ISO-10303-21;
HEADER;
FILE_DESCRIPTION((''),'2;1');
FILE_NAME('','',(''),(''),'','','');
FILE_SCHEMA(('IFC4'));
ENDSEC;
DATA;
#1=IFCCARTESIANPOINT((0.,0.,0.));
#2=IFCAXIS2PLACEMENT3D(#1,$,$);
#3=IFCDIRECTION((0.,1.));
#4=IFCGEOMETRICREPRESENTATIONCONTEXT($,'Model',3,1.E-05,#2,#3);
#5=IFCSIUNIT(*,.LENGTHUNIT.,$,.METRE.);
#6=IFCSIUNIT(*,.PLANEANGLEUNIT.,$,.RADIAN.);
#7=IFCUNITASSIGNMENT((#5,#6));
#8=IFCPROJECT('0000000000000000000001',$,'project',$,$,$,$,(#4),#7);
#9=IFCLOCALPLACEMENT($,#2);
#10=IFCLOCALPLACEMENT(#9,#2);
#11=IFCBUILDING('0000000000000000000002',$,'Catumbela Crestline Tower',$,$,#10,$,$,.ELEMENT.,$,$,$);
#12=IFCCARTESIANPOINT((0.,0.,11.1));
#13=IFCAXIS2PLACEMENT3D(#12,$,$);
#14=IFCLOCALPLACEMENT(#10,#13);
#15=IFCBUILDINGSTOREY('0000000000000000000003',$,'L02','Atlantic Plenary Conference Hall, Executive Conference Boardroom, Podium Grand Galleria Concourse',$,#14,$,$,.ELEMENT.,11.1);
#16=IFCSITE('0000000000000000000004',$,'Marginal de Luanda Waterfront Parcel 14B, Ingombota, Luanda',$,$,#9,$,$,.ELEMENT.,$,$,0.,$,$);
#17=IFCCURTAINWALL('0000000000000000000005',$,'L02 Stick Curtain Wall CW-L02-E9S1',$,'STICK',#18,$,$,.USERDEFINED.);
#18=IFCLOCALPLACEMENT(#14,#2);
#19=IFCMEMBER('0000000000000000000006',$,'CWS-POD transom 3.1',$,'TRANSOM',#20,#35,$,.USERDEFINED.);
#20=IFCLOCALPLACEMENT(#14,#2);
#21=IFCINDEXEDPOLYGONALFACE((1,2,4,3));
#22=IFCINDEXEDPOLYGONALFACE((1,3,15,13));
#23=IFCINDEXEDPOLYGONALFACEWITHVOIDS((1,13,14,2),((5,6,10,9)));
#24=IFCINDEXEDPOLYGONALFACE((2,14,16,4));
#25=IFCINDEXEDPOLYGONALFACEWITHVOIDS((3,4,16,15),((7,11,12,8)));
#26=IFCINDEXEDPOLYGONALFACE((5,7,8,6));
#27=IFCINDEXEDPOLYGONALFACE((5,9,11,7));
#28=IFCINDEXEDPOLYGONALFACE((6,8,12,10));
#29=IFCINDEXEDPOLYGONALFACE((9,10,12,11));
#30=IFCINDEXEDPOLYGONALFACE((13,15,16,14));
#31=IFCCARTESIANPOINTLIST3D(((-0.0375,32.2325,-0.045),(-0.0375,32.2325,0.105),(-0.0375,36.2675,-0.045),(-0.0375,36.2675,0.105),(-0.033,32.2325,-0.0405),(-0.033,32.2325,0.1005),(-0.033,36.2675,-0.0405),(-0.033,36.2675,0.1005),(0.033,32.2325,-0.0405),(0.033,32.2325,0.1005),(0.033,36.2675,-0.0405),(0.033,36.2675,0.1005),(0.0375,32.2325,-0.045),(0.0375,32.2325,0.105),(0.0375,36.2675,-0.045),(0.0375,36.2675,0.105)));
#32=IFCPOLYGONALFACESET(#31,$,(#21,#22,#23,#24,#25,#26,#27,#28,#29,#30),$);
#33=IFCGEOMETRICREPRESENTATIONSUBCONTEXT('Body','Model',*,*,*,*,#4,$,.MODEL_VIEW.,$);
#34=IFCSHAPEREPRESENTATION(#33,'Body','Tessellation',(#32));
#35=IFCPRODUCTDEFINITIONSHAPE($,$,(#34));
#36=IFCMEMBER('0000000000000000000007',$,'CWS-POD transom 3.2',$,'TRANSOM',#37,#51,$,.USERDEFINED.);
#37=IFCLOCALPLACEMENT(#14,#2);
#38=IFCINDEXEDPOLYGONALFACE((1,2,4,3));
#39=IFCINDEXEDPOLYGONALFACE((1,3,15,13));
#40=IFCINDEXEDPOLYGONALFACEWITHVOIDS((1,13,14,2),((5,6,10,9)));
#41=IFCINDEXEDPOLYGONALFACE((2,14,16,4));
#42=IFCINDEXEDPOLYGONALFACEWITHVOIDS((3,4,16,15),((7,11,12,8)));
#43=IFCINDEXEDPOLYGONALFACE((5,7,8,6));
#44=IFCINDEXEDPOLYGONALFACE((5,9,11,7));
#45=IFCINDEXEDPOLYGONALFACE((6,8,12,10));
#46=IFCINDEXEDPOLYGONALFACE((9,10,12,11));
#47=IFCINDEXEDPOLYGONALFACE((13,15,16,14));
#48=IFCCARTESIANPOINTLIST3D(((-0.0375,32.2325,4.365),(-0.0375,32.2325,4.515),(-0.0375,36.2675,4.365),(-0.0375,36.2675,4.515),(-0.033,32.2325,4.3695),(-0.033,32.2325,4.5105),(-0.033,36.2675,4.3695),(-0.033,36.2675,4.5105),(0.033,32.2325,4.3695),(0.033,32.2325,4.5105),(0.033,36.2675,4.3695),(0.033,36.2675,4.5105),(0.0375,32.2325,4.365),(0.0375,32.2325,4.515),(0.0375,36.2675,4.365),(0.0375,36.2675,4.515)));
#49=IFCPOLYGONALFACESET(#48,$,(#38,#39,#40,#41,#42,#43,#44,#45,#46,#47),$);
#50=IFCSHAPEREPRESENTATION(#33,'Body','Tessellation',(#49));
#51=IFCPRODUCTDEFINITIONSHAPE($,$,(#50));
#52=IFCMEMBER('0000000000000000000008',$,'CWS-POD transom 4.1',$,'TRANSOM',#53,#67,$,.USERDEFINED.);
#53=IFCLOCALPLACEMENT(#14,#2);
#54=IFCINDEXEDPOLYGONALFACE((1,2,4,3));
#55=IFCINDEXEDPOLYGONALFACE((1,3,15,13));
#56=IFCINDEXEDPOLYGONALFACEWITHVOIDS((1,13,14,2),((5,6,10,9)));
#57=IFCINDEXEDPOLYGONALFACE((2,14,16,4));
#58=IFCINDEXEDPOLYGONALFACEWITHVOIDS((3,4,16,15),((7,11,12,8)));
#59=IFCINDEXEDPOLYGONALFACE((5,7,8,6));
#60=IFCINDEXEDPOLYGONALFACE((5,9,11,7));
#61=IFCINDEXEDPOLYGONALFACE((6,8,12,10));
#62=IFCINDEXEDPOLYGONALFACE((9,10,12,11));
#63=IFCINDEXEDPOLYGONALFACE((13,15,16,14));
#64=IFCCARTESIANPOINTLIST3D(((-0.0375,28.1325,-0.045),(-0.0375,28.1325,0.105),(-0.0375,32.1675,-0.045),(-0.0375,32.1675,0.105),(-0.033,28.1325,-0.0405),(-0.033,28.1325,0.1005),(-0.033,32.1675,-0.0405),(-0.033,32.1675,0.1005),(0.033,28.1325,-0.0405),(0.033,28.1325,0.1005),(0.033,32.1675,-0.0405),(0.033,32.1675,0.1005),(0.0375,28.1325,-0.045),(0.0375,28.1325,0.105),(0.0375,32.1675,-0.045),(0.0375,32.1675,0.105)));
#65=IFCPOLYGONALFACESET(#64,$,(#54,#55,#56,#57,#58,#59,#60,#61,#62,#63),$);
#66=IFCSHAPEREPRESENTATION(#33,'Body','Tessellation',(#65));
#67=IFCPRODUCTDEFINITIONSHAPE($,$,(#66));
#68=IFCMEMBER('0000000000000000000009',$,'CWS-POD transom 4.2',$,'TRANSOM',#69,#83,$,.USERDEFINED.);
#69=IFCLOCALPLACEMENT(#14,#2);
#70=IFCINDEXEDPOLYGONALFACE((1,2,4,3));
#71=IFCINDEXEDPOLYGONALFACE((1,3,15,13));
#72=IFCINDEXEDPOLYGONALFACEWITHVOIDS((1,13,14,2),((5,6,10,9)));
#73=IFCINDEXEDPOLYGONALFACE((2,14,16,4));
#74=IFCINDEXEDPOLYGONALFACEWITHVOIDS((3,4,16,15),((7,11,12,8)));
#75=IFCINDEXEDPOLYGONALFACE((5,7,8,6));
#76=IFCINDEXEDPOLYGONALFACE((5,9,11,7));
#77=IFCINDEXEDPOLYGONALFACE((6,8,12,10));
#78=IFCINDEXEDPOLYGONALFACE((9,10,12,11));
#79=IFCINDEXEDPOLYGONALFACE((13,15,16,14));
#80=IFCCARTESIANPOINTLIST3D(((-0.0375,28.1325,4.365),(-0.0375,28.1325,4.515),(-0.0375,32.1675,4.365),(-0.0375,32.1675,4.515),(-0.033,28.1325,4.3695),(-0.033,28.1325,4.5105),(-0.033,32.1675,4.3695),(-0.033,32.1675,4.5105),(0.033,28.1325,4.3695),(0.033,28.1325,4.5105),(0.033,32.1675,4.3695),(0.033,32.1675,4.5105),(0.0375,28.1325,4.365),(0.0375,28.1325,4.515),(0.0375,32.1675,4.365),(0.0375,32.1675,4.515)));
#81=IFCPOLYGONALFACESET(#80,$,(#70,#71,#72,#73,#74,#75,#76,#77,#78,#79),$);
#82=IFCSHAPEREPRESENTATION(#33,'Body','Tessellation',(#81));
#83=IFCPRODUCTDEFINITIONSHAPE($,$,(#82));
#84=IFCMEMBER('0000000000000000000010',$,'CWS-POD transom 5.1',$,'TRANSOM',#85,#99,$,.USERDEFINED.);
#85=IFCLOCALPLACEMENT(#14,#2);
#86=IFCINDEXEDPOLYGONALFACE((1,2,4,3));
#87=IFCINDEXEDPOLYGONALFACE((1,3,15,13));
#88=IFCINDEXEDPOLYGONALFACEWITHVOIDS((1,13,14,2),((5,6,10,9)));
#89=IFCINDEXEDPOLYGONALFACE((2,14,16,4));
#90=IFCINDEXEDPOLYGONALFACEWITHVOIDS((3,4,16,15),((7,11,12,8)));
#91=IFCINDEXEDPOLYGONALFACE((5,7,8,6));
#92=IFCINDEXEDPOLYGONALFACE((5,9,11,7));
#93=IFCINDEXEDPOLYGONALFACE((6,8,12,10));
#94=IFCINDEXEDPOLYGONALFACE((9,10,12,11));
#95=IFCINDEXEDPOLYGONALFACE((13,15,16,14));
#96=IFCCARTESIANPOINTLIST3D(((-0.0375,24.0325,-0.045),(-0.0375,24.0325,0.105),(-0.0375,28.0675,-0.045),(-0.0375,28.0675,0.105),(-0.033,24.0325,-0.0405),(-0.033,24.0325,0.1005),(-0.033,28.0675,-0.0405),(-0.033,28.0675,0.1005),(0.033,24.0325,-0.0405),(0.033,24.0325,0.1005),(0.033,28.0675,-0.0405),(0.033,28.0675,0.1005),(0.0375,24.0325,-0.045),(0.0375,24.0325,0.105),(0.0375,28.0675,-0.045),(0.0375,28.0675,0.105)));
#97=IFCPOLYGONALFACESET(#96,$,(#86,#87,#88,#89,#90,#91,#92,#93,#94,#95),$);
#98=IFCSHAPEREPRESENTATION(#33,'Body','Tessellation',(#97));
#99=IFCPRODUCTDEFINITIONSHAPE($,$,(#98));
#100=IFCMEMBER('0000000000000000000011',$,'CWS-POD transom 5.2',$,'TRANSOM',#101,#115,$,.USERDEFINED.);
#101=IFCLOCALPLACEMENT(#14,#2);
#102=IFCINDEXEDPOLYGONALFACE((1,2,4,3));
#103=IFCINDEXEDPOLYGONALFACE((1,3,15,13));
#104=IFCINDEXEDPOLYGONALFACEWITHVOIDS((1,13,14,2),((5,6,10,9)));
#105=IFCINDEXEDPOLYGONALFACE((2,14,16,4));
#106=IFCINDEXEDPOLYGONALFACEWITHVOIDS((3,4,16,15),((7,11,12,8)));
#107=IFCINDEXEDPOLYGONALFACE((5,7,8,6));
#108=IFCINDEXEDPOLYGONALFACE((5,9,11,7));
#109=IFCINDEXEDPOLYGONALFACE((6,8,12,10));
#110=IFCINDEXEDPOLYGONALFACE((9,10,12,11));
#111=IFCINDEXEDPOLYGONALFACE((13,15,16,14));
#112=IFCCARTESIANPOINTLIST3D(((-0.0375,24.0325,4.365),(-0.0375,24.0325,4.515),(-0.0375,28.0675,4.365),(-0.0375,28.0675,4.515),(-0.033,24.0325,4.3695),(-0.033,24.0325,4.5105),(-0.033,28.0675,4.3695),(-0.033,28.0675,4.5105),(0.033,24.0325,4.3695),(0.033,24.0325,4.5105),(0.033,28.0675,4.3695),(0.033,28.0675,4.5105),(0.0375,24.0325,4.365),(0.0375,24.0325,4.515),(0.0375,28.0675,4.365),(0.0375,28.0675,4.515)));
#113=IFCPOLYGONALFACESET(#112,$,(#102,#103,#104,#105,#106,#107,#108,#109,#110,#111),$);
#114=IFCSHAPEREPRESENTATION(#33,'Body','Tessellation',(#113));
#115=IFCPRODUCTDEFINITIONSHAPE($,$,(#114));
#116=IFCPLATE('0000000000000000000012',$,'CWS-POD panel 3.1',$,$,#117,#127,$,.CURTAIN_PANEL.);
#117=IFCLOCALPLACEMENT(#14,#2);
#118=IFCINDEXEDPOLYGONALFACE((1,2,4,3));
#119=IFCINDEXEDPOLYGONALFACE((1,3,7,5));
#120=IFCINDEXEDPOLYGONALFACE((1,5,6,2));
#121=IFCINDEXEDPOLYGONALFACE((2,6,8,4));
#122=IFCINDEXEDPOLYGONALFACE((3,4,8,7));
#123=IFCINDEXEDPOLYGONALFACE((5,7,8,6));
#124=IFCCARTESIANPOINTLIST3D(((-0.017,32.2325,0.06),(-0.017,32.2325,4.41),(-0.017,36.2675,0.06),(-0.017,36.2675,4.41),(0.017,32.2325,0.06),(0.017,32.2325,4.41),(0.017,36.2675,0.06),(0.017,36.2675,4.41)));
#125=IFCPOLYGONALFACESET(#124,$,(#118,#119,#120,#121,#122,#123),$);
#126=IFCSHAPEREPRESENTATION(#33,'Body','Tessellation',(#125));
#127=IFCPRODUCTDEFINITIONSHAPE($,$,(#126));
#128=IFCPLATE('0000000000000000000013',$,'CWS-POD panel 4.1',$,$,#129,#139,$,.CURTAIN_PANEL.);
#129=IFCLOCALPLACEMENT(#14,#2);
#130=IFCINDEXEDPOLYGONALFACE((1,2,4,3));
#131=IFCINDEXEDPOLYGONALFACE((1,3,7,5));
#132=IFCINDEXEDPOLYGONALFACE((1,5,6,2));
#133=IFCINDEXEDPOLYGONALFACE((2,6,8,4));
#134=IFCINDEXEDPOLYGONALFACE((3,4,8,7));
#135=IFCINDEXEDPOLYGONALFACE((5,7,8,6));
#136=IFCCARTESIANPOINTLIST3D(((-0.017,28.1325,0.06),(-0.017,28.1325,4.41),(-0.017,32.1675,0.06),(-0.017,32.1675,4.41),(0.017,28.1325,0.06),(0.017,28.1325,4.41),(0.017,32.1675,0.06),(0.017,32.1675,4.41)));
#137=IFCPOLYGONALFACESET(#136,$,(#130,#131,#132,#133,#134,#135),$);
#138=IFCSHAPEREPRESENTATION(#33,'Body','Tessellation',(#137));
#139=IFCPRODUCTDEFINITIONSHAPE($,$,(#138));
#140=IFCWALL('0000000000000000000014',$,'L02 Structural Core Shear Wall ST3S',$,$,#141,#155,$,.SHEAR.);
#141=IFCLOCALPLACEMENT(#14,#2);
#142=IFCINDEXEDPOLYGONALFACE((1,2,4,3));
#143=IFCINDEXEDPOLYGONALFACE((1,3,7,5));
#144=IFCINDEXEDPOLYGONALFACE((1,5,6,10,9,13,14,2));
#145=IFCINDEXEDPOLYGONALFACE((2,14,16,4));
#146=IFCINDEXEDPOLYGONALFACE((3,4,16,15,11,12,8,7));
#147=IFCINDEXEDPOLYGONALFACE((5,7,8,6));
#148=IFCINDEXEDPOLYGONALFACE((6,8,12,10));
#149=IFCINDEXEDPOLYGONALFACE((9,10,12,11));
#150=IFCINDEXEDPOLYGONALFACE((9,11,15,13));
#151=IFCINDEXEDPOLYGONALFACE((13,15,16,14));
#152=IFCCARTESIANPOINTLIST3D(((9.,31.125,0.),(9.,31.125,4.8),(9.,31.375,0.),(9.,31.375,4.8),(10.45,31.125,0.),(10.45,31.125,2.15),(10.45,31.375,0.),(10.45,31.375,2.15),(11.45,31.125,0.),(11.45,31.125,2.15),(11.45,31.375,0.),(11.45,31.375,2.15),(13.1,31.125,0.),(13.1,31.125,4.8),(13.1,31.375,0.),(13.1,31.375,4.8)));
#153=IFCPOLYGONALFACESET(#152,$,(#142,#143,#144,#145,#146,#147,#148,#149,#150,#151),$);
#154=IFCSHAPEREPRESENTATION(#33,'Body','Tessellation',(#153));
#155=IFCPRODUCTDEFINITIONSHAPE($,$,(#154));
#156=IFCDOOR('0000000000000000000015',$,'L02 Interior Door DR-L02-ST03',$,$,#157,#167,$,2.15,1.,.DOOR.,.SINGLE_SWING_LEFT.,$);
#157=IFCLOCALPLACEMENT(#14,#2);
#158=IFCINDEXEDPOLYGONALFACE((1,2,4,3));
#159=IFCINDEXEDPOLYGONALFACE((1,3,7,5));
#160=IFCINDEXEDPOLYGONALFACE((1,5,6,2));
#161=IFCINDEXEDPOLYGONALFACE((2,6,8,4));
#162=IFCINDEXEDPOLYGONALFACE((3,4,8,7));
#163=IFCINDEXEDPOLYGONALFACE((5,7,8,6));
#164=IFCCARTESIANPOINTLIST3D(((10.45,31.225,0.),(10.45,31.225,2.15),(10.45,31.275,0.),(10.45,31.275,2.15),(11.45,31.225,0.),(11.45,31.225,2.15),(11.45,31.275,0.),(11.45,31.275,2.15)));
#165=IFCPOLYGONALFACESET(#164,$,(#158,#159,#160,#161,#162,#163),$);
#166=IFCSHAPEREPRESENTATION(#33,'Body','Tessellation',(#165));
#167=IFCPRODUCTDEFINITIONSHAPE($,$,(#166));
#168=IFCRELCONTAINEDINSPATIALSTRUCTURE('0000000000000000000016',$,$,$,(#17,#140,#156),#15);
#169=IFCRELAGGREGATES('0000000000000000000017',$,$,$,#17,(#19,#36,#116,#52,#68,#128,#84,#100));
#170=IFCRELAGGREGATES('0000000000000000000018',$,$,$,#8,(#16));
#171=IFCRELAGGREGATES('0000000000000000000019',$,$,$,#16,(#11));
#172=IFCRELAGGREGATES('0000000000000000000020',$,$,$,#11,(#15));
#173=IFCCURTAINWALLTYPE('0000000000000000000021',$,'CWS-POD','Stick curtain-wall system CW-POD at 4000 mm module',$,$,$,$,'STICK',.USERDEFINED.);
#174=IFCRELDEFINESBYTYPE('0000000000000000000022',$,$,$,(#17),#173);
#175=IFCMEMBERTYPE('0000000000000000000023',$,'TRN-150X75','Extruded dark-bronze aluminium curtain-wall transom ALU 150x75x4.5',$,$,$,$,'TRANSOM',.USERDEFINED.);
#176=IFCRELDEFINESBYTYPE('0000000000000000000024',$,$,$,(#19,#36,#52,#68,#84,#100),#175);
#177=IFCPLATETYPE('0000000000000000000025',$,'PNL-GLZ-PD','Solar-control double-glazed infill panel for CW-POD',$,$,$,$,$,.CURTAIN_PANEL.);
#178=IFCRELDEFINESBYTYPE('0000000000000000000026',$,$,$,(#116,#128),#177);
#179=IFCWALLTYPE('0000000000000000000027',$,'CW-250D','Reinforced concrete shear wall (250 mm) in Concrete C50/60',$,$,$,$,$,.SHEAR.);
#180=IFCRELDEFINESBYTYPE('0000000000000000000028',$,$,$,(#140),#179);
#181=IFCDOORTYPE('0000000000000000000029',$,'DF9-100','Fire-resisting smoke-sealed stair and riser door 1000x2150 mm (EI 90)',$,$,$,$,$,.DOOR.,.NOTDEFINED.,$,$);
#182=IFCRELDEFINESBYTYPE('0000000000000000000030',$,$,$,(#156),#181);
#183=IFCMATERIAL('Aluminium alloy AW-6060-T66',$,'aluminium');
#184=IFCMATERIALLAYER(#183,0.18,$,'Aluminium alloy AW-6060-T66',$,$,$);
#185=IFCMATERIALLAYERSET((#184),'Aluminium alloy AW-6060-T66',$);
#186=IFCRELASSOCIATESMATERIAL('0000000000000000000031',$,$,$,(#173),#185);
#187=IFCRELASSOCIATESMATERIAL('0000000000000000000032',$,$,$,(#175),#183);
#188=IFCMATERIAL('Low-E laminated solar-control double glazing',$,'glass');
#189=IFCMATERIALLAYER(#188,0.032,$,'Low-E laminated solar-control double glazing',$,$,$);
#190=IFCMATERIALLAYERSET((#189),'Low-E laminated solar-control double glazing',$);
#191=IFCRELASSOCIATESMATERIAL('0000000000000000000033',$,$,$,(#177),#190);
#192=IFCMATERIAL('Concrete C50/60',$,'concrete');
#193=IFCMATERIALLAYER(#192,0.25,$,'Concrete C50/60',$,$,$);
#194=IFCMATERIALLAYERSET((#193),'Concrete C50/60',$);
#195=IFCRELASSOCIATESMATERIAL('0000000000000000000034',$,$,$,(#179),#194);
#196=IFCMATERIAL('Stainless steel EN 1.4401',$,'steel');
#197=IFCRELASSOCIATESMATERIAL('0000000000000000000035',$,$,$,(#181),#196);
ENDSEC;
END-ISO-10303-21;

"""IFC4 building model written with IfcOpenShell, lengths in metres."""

from ifc_helpers import new_model, si_unit, direction, frame, frame_2d, origin, origin_2d, place, context, subcontext, project, spatial, rectangle, hollow_rectangle, extrude, material, layer, layer_set, material_profile, profile_set, type_object, element, fill, aggregate, save


model = new_model("IFC4")

# Units and contexts
model_context = context("Model", 3, precision=1e-05, world=origin(), true_north=direction((0.0, 1.0)))
body_context = subcontext(model_context, "Body", "Model", "MODEL_VIEW")
ifc_project = project(units=[si_unit("LENGTHUNIT", "METRE"), si_unit("PLANEANGLEUNIT", "RADIAN")], contexts=[model_context])

# Site, building, storey
site_placement = place(None, origin())
site = spatial("IfcSite", under=ifc_project, at=site_placement, Name="Marginal de Luanda Waterfront Parcel 14B, Ingombota, Luanda", CompositionType="ELEMENT", RefElevation=0.0)
building_placement = place(site_placement, origin())
building = spatial("IfcBuilding", under=site, at=building_placement, Name="Catumbela Crestline Tower", CompositionType="ELEMENT")
storey_placement = place(building_placement, frame((0.0, 0.0, 11.1)))
storey = spatial("IfcBuildingStorey", under=building, at=storey_placement, Name="L02", Description="Atlantic Plenary Conference Hall, Executive Conference Boardroom, Podium Grand Galleria Concourse", CompositionType="ELEMENT", Elevation=11.1)

# Curtain wall
ifc_material_1 = material(Name="Aluminium alloy AW-6060-T66", Category="aluminium")
ifc_layer_1 = layer(ifc_material_1, 0.18, Name="Aluminium alloy AW-6060-T66")
ifc_layer_set_1 = layer_set([ifc_layer_1], Name="Aluminium alloy AW-6060-T66")
curtain_wall_type = type_object("IfcCurtainWallType", Name="CWS-POD", Description="Stick curtain-wall system CW-POD at 4000 mm module", ElementType="STICK", PredefinedType="USERDEFINED", material=ifc_layer_set_1)
curtain_wall_placement = place(storey_placement, origin())
curtain_wall = element("IfcCurtainWall", 1, at=curtain_wall_placement, inside=storey, type_object=curtain_wall_type, Name="L02 Stick Curtain Wall CW-L02-E9S1", ObjectType="STICK", PredefinedType="USERDEFINED")

# Members
ifc_material_profile_1 = material_profile(ifc_material_1, hollow_rectangle(XDim=0.075, YDim=0.15, WallThickness=0.0045, at=origin_2d()), Name="ALU 150x75x4.5")
ifc_profile_set_1 = profile_set([ifc_material_profile_1], Name="Aluminium alloy AW-6060-T66")
member_type_1 = type_object("IfcMemberType", Name="TRN-150X75", Description="Extruded dark-bronze aluminium curtain-wall transom ALU 150x75x4.5", ElementType="TRANSOM", PredefinedType="USERDEFINED", material=ifc_profile_set_1)
member_1_placement = place(storey_placement, frame((0.0, 36.2675, 0.03), z_axis=(0.0, -1.0, 0.0), x_axis=(1.0, 0.0, 0.0)))
member_1 = element("IfcMember", 2, at=member_1_placement, type_object=member_type_1, Name="CWS-POD transom 3.1", ObjectType="TRANSOM", PredefinedType="USERDEFINED", context=body_context, shape_type="SweptSolid", body=[
    extrude(hollow_rectangle(XDim=0.075, YDim=0.15, WallThickness=0.0045, at=origin_2d()), origin(), (0.0, 0.0, 1.0), 4.035),
])
member_2_placement = place(storey_placement, frame((0.0, 36.2675, 4.44), z_axis=(0.0, -1.0, 0.0), x_axis=(1.0, 0.0, 0.0)))
member_2 = element("IfcMember", 3, at=member_2_placement, type_object=member_type_1, Name="CWS-POD transom 3.2", ObjectType="TRANSOM", PredefinedType="USERDEFINED", context=body_context, shape_type="SweptSolid", body=[
    extrude(hollow_rectangle(XDim=0.075, YDim=0.15, WallThickness=0.0045, at=origin_2d()), origin(), (0.0, 0.0, 1.0), 4.035),
])
member_3_placement = place(storey_placement, frame((0.0, 32.1675, 0.03), z_axis=(0.0, -1.0, 0.0), x_axis=(1.0, 0.0, 0.0)))
member_3 = element("IfcMember", 4, at=member_3_placement, type_object=member_type_1, Name="CWS-POD transom 4.1", ObjectType="TRANSOM", PredefinedType="USERDEFINED", context=body_context, shape_type="SweptSolid", body=[
    extrude(hollow_rectangle(XDim=0.075, YDim=0.15, WallThickness=0.0045, at=origin_2d()), origin(), (0.0, 0.0, 1.0), 4.035),
])
member_4_placement = place(storey_placement, frame((0.0, 32.1675, 4.44), z_axis=(0.0, -1.0, 0.0), x_axis=(1.0, 0.0, 0.0)))
member_4 = element("IfcMember", 5, at=member_4_placement, type_object=member_type_1, Name="CWS-POD transom 4.2", ObjectType="TRANSOM", PredefinedType="USERDEFINED", context=body_context, shape_type="SweptSolid", body=[
    extrude(hollow_rectangle(XDim=0.075, YDim=0.15, WallThickness=0.0045, at=origin_2d()), origin(), (0.0, 0.0, 1.0), 4.035),
])
member_5_placement = place(storey_placement, frame((0.0, 28.0675, 0.03), z_axis=(0.0, -1.0, 0.0), x_axis=(1.0, 0.0, 0.0)))
member_5 = element("IfcMember", 6, at=member_5_placement, type_object=member_type_1, Name="CWS-POD transom 5.1", ObjectType="TRANSOM", PredefinedType="USERDEFINED", context=body_context, shape_type="SweptSolid", body=[
    extrude(hollow_rectangle(XDim=0.075, YDim=0.15, WallThickness=0.0045, at=origin_2d()), origin(), (0.0, 0.0, 1.0), 4.035),
])
member_6_placement = place(storey_placement, frame((0.0, 28.0675, 4.44), z_axis=(0.0, -1.0, 0.0), x_axis=(1.0, 0.0, 0.0)))
member_6 = element("IfcMember", 7, at=member_6_placement, type_object=member_type_1, Name="CWS-POD transom 5.2", ObjectType="TRANSOM", PredefinedType="USERDEFINED", context=body_context, shape_type="SweptSolid", body=[
    extrude(hollow_rectangle(XDim=0.075, YDim=0.15, WallThickness=0.0045, at=origin_2d()), origin(), (0.0, 0.0, 1.0), 4.035),
])

# Plates
ifc_material_2 = material(Name="Low-E laminated solar-control double glazing", Category="glass")
ifc_layer_2 = layer(ifc_material_2, 0.032, Name="Low-E laminated solar-control double glazing")
ifc_layer_set_2 = layer_set([ifc_layer_2], Name="Low-E laminated solar-control double glazing")
plate_type = type_object("IfcPlateType", Name="PNL-GLZ-PD", Description="Solar-control double-glazed infill panel for CW-POD", PredefinedType="CURTAIN_PANEL", material=ifc_layer_set_2)
plate_1_placement = place(storey_placement, frame((0.0, 34.25, 0.06), z_axis=(0.0, 0.0, 1.0), x_axis=(0.0, -1.0, 0.0)))
plate_1 = element("IfcPlate", 8, at=plate_1_placement, type_object=plate_type, Name="CWS-POD panel 3.1", PredefinedType="CURTAIN_PANEL", context=body_context, shape_type="SweptSolid", body=[
    extrude(rectangle(XDim=4.035, YDim=0.034, at=origin_2d()), origin(), (0.0, 0.0, 1.0), 4.35),
])
plate_2_placement = place(storey_placement, frame((0.0, 30.15, 0.06), z_axis=(0.0, 0.0, 1.0), x_axis=(0.0, -1.0, 0.0)))
plate_2 = element("IfcPlate", 9, at=plate_2_placement, type_object=plate_type, Name="CWS-POD panel 4.1", PredefinedType="CURTAIN_PANEL", context=body_context, shape_type="SweptSolid", body=[
    extrude(rectangle(XDim=4.035, YDim=0.034, at=origin_2d()), origin(), (0.0, 0.0, 1.0), 4.35),
])
aggregate(curtain_wall, [member_1, member_2, plate_1, member_3, member_4, plate_2, member_5, member_6])

# Wall, opening, door
ifc_material_3 = material(Name="Concrete C50/60", Category="concrete")
ifc_layer_3 = layer(ifc_material_3, 0.25, Name="Concrete C50/60")
ifc_layer_set_3 = layer_set([ifc_layer_3], Name="Concrete C50/60")
wall_type_1 = type_object("IfcWallType", Name="CW-250D", Description="Reinforced concrete shear wall (250 mm) in Concrete C50/60", PredefinedType="SHEAR", material=ifc_layer_set_3)
wall_1_placement = place(storey_placement, frame((9.0, 31.25, 0.0), z_axis=(0.0, 0.0, 1.0), x_axis=(1.0, 0.0, 0.0)))
wall_1 = element("IfcWall", 10, at=wall_1_placement, inside=storey, type_object=wall_type_1, Name="L02 Structural Core Shear Wall ST3S", PredefinedType="SHEAR", context=body_context, shape_type="SweptSolid", body=[
    extrude(rectangle(XDim=4.1, YDim=0.25, at=frame_2d((2.05, 0.0))), origin(), (0.0, 0.0, 1.0), 4.8),
])
opening_1_placement = place(wall_1_placement, frame((1.45, 0.0, 0.0)))
opening_1 = element("IfcOpeningElement", 11, at=opening_1_placement, cuts=wall_1, PredefinedType="OPENING", context=body_context, shape_type="SweptSolid", body=[
    extrude(rectangle(XDim=1.0, YDim=2.15, at=frame_2d((0.5, 1.075))), frame((0.0, 0.135, 0.0), z_axis=(0.0, -1.0, 0.0), x_axis=(1.0, 0.0, 0.0)), (0.0, 0.0, 1.0), 0.27),
])
ifc_material_4 = material(Name="Stainless steel EN 1.4401", Category="steel")
door_type_1 = type_object("IfcDoorType", Name="DF9-100", Description="Fire-resisting smoke-sealed stair and riser door 1000x2150 mm (EI 90)", OperationType="NOTDEFINED", PredefinedType="DOOR", material=ifc_material_4)
door_1_placement = place(opening_1_placement, origin())
door_1 = element("IfcDoor", 12, at=door_1_placement, inside=storey, type_object=door_type_1, Name="L02 Interior Door DR-L02-ST03", OperationType="SINGLE_SWING_LEFT", OverallHeight=2.15, OverallWidth=1.0, PredefinedType="DOOR", context=body_context, shape_type="SweptSolid", body=[
    extrude(rectangle(XDim=1.0, YDim=2.15, at=frame_2d((0.5, 1.075))), frame((0.0, 0.025, 0.0), z_axis=(0.0, -1.0, 0.0), x_axis=(1.0, 0.0, 0.0)), (0.0, 0.0, 1.0), 0.05),
])
fill(opening_1, door_1)

save(model, "model.ifc")
